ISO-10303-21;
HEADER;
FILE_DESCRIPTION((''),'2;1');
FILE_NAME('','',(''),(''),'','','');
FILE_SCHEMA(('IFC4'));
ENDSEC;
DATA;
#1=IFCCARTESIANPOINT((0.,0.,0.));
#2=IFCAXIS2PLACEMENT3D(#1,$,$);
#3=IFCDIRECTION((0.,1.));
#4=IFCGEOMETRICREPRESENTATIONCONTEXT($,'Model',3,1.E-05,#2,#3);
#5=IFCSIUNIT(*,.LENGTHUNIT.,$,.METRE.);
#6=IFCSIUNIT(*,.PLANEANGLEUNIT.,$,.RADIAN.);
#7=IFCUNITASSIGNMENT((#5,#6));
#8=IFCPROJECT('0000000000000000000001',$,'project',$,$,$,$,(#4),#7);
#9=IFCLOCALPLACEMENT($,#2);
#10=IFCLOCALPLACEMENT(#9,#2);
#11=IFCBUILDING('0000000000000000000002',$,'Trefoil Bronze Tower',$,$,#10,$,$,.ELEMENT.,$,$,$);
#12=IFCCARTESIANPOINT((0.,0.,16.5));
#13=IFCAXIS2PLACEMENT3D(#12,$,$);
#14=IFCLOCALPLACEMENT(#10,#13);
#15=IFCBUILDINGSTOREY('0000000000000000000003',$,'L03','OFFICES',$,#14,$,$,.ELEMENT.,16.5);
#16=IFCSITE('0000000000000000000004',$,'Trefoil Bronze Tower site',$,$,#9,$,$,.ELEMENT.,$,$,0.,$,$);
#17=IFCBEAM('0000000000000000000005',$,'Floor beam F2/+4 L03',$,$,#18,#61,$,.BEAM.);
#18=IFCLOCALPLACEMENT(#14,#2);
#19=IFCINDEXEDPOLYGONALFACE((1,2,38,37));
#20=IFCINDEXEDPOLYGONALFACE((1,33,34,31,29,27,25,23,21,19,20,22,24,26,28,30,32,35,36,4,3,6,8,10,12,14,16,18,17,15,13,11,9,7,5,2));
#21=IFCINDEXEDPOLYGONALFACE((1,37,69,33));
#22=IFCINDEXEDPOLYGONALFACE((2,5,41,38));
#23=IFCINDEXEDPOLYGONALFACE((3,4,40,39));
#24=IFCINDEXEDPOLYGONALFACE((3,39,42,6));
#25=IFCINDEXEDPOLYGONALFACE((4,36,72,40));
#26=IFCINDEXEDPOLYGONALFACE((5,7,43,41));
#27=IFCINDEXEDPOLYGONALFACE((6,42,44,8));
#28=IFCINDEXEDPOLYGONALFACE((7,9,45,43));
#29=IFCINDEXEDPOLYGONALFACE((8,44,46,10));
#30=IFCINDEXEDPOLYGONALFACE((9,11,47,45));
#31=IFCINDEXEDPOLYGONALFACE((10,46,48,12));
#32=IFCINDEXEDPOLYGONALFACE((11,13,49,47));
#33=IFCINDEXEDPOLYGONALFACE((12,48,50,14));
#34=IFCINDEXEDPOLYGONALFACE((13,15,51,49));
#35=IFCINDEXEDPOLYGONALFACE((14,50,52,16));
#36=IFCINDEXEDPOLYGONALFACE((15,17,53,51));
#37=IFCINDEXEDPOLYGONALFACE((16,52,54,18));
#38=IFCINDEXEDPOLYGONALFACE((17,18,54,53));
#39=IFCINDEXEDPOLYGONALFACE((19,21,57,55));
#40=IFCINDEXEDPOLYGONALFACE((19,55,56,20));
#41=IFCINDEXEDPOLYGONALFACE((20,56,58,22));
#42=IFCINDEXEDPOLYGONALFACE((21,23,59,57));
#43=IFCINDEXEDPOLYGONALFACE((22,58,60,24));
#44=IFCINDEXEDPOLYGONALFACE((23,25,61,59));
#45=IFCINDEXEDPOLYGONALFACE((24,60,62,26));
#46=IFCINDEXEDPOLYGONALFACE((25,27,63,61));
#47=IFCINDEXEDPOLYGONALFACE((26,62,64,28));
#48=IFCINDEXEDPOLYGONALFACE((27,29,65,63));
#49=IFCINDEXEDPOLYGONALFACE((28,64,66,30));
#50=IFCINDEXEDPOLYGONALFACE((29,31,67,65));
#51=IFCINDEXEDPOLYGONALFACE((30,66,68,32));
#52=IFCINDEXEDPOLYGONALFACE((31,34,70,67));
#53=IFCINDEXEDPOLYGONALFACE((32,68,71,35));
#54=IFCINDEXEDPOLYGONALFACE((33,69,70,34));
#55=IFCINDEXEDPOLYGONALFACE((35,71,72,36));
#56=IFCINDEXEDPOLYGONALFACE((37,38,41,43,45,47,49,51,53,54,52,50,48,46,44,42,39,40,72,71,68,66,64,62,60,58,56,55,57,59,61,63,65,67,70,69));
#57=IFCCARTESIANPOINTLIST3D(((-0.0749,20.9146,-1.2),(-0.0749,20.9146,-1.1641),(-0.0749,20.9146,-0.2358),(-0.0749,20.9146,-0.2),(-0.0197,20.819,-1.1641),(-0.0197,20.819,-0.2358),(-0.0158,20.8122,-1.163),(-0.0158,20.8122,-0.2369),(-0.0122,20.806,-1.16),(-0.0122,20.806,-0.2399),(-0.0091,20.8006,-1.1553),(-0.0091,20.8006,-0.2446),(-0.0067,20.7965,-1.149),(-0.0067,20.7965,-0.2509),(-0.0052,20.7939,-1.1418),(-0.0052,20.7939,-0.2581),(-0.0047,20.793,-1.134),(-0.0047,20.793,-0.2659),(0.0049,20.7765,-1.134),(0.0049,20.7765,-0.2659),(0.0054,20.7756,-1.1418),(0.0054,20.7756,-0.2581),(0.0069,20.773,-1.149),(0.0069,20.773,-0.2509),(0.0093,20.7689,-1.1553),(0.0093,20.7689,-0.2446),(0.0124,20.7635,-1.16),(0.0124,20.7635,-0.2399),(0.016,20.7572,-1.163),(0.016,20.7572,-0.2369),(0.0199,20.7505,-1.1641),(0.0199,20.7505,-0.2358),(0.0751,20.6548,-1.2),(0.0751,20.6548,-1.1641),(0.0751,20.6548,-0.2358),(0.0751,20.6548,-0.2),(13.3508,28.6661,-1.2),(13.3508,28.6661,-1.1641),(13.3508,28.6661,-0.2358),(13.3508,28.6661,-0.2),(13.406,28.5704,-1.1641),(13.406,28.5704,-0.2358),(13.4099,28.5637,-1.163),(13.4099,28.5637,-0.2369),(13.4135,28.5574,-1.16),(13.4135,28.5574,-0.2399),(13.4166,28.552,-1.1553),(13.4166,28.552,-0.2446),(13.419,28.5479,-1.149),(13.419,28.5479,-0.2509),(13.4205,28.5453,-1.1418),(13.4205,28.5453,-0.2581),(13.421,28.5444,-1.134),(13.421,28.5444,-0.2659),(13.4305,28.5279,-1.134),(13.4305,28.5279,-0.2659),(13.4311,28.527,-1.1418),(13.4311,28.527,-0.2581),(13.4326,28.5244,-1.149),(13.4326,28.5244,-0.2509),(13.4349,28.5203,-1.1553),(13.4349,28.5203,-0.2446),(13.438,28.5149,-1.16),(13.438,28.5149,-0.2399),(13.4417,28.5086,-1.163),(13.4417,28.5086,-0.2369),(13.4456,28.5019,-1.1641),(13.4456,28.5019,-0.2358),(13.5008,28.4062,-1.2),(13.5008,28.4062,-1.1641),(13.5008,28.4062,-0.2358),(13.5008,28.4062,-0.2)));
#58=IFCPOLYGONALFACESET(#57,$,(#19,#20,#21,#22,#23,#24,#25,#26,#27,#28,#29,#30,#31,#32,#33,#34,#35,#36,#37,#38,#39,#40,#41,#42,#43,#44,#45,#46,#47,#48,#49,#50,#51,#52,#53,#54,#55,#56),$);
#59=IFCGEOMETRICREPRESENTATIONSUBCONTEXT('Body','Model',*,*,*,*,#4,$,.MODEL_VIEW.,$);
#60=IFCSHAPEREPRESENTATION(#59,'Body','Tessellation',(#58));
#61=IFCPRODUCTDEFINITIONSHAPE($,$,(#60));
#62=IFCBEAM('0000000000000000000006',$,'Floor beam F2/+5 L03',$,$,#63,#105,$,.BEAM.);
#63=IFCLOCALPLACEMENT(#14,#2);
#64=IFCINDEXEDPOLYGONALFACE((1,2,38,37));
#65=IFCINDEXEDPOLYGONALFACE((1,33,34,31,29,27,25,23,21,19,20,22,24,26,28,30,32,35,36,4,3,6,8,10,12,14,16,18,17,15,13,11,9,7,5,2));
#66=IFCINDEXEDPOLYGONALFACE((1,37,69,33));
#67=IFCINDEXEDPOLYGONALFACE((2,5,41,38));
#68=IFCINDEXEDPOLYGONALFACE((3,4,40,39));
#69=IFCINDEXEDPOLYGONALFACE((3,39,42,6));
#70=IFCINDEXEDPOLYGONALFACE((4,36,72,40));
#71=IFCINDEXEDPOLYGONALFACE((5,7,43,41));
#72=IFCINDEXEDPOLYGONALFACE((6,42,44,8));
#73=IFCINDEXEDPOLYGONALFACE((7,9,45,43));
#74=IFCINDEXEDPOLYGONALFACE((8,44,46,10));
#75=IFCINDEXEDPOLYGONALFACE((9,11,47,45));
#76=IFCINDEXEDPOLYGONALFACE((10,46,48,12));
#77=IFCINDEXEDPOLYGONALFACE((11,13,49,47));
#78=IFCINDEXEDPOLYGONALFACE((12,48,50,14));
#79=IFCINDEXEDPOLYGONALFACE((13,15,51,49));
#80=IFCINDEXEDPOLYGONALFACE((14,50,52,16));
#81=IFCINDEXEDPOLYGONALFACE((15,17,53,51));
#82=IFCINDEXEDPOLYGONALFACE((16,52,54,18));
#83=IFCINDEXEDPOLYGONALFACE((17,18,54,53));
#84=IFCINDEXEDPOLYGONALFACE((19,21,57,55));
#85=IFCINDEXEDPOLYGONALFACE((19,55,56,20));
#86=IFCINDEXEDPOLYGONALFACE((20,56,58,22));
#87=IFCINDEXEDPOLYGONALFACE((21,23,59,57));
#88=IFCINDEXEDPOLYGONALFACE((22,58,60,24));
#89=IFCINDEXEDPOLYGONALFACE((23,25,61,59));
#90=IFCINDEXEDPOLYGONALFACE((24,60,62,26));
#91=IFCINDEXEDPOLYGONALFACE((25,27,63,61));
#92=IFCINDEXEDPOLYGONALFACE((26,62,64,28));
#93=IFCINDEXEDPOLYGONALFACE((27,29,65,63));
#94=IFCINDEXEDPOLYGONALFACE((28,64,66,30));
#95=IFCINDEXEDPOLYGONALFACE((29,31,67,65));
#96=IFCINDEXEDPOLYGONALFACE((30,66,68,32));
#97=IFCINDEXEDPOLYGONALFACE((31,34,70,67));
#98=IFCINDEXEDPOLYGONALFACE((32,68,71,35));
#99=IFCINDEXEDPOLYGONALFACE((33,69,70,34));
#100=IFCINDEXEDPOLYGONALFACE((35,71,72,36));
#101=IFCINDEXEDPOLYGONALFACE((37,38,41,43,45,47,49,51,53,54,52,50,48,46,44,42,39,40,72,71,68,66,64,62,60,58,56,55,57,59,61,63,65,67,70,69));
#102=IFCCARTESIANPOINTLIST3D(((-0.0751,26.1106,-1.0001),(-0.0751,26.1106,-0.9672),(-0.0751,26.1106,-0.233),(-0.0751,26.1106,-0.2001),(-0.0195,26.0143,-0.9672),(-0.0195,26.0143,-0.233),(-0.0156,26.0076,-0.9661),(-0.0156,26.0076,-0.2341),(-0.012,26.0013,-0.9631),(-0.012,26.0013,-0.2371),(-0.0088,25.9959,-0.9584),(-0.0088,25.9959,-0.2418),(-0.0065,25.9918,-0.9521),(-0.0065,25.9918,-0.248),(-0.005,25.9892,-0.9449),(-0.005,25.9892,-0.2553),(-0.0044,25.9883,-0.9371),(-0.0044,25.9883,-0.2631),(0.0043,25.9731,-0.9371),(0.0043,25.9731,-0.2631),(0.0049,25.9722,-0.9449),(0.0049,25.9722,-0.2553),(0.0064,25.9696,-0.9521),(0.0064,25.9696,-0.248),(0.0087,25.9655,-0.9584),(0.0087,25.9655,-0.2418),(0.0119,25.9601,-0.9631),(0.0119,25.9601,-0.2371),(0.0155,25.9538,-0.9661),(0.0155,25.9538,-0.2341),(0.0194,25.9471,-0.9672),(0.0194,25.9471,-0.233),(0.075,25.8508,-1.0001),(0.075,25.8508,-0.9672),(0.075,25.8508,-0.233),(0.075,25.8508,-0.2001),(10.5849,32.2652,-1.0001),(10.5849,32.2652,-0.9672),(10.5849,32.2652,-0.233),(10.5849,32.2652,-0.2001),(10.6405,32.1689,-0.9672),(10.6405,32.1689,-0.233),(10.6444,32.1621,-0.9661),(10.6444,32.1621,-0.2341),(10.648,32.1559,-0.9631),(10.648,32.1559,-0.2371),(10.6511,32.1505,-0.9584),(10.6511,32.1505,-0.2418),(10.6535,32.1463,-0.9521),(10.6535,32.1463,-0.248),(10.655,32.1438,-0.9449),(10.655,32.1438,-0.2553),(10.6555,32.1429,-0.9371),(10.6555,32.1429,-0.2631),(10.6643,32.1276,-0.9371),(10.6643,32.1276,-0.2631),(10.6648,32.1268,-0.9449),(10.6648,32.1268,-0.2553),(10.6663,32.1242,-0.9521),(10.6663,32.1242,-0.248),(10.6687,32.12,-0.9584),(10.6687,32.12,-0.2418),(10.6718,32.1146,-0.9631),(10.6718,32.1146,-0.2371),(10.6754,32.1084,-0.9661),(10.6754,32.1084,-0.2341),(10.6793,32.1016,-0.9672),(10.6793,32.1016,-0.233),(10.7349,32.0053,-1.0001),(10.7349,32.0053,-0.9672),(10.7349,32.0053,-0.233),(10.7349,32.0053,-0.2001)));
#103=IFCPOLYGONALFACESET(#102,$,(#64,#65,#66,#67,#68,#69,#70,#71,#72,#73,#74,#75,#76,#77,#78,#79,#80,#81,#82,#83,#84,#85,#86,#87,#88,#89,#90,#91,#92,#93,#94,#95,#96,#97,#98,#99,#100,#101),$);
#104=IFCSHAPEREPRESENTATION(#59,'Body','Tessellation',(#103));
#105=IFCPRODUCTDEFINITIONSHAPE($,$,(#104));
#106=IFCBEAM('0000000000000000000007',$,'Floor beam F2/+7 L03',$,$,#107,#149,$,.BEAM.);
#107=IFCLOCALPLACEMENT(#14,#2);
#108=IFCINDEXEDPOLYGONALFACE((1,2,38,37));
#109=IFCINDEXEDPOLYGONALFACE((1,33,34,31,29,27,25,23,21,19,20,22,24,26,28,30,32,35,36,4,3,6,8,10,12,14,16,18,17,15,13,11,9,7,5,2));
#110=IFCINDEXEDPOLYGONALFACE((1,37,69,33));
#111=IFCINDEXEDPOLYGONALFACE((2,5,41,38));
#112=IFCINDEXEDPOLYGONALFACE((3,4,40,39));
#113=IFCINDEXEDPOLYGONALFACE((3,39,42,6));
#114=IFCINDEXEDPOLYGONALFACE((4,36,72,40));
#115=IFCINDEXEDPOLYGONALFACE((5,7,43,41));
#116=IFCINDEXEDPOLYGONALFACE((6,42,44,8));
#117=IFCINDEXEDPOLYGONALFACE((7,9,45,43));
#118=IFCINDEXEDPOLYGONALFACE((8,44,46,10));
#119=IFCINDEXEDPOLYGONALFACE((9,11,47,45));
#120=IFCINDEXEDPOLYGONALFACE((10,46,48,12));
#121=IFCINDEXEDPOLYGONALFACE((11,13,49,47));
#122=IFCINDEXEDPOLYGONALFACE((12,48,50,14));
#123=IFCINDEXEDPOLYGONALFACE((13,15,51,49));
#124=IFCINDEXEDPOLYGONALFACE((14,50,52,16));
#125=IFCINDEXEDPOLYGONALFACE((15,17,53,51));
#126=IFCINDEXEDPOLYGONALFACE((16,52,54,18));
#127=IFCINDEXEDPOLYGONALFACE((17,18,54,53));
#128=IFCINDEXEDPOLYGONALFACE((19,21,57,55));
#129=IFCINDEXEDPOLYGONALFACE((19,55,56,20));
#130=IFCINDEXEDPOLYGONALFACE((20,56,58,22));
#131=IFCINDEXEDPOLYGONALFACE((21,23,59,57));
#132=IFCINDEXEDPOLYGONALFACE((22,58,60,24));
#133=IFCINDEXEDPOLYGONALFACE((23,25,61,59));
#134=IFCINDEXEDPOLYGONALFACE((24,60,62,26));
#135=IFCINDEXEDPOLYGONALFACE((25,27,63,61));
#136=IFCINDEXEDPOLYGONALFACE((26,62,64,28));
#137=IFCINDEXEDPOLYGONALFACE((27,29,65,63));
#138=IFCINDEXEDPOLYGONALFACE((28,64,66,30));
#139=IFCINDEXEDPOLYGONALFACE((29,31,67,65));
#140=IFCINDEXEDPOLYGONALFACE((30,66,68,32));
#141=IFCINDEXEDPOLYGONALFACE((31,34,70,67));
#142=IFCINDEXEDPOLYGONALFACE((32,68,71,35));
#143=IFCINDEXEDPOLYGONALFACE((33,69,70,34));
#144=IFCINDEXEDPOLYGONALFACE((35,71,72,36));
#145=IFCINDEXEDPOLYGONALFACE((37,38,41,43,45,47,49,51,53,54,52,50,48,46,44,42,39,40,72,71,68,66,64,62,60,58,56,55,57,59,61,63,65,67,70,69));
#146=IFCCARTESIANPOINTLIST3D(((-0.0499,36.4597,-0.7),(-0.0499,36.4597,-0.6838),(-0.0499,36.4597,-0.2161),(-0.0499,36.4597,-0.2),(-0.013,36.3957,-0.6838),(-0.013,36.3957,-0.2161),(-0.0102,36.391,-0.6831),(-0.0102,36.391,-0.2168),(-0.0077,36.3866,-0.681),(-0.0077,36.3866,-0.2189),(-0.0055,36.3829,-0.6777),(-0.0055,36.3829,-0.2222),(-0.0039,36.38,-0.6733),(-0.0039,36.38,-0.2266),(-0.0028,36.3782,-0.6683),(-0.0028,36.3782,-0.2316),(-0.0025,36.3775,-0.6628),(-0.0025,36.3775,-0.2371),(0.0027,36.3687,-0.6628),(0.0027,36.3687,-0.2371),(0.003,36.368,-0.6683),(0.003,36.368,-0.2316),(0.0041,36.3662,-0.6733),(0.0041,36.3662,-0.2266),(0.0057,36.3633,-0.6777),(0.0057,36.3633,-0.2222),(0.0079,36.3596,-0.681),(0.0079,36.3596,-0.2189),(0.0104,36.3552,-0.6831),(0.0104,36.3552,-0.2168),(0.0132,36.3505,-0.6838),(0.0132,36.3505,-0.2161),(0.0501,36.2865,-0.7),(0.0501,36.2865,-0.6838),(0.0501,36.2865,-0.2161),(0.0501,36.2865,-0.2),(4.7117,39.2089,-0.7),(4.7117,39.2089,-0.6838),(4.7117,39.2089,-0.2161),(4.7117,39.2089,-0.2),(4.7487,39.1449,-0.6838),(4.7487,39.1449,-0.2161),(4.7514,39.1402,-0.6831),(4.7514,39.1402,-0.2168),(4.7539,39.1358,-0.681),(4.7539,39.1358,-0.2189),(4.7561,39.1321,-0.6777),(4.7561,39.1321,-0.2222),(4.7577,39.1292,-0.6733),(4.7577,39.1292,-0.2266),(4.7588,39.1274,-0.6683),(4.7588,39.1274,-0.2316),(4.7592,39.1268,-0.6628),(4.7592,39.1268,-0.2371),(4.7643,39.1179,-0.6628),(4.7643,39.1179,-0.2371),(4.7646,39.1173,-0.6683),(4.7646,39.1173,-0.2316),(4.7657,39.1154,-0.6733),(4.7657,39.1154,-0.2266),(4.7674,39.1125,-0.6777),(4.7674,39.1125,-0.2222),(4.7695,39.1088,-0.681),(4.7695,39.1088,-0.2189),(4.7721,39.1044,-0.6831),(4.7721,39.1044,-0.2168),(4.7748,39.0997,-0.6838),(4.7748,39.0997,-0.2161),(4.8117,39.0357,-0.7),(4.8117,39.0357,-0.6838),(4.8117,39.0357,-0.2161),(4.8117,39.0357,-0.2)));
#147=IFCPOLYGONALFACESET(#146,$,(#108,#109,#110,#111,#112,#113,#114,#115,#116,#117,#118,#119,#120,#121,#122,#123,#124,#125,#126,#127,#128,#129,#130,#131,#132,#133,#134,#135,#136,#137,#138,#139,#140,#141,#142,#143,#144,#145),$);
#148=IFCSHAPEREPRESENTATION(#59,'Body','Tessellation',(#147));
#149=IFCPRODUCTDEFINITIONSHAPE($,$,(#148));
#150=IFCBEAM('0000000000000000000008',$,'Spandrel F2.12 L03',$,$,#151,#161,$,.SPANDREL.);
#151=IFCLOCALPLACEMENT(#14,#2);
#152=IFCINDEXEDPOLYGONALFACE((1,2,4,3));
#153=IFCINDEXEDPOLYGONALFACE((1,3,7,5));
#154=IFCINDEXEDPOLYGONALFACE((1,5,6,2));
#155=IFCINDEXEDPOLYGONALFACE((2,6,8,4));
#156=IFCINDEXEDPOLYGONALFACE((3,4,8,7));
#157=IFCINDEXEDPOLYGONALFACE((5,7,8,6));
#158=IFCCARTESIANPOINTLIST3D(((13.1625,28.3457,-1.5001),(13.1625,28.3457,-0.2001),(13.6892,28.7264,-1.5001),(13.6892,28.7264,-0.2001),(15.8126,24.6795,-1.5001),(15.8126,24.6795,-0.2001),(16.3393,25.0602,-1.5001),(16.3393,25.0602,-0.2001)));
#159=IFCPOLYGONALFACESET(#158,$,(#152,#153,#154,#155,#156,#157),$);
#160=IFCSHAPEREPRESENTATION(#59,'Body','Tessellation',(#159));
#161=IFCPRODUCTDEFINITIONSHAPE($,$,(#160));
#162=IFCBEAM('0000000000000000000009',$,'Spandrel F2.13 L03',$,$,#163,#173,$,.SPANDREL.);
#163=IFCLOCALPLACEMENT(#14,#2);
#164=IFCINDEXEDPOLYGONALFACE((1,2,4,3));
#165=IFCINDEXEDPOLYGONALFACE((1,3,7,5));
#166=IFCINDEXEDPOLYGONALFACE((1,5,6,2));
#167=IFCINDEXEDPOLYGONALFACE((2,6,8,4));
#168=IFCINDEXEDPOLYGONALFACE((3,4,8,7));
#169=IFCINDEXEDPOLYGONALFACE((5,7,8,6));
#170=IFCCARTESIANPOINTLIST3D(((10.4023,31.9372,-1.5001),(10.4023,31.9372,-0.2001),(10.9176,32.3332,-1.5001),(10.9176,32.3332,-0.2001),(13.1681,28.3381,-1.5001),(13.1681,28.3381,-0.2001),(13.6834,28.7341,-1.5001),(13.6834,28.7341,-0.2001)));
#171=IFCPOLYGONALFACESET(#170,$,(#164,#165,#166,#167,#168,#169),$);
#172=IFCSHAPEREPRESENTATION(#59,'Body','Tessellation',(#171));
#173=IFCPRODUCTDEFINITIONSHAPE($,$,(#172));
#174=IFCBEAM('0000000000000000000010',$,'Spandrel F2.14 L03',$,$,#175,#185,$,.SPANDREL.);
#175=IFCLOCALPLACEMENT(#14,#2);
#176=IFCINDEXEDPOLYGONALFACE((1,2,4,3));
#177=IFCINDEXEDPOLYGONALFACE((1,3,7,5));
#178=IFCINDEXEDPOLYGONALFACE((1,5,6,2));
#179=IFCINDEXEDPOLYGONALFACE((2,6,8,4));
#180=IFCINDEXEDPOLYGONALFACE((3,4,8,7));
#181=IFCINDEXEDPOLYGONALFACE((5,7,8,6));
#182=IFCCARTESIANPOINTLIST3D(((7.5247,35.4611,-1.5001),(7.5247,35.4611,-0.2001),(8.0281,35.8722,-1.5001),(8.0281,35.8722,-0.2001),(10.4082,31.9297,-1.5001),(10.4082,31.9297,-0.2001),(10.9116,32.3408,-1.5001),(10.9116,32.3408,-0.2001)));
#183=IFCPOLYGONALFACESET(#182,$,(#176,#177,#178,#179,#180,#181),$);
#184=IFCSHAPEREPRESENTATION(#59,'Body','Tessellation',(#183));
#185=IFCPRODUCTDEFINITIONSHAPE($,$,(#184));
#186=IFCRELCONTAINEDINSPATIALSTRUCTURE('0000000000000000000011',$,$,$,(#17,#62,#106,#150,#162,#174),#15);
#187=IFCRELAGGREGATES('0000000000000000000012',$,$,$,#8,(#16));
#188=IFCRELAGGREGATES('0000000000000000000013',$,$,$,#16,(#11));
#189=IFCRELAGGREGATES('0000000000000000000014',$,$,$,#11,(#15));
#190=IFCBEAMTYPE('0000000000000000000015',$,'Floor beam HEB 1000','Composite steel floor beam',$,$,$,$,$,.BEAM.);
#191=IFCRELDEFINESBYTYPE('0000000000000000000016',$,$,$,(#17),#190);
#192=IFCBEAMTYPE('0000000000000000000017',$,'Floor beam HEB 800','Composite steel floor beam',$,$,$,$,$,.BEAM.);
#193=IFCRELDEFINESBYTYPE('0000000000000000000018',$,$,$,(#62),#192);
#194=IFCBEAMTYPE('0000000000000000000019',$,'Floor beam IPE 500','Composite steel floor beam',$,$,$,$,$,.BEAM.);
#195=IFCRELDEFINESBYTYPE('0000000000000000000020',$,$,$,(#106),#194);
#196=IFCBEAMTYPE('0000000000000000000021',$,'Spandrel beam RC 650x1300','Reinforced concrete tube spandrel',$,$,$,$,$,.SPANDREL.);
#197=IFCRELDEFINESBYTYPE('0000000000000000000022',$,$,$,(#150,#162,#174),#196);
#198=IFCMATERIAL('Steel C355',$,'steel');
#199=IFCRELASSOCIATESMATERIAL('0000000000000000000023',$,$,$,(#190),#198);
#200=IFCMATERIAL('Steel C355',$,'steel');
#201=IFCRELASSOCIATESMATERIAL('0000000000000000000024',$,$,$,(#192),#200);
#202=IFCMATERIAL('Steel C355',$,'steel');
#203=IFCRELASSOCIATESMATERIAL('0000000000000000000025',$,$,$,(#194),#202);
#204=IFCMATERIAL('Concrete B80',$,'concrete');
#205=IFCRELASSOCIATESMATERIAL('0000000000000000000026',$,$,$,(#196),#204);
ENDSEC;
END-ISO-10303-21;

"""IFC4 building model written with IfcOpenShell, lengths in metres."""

from ifc_helpers import new_model, si_unit, direction, frame, origin, origin_2d, place, context, subcontext, project, spatial, rectangle, i_section, extrude, material, material_profile, profile_set, type_object, element, save


model = new_model("IFC4")

# Units and contexts
model_context = context("Model", 3, precision=1e-05, world=origin(), true_north=direction((0.0, 1.0)))
body_context = subcontext(model_context, "Body", "Model", "MODEL_VIEW")
ifc_project = project(units=[si_unit("LENGTHUNIT", "METRE"), si_unit("PLANEANGLEUNIT", "RADIAN")], contexts=[model_context])

# Site, building, storey
site_placement = place(None, origin())
site = spatial("IfcSite", under=ifc_project, at=site_placement, Name="Trefoil Bronze Tower site", CompositionType="ELEMENT", RefElevation=0.0)
building_placement = place(site_placement, origin())
building = spatial("IfcBuilding", under=site, at=building_placement, Name="Trefoil Bronze Tower", CompositionType="ELEMENT")
storey_placement = place(building_placement, frame((0.0, 0.0, 16.5)))
storey = spatial("IfcBuildingStorey", under=building, at=storey_placement, Name="L03", Description="OFFICES", CompositionType="ELEMENT", Elevation=16.5)

# Beams
ifc_material_1 = material(Name="Steel C355", Category="steel")
ifc_material_profile_1 = material_profile(ifc_material_1, i_section(OverallWidth=0.3, OverallDepth=1.0, WebThickness=0.019, FlangeThickness=0.0359, FilletRadius=0.03, at=origin_2d()), Name="HEB 1000")
ifc_profile_set_1 = profile_set([ifc_material_profile_1], Name="Steel C355")
beam_type_1 = type_object("IfcBeamType", Name="Floor beam HEB 1000", Description="Composite steel floor beam", PredefinedType="BEAM", material=ifc_profile_set_1)
beam_1_placement = place(storey_placement, frame((13.4258, 28.5361, -0.7), z_axis=(-0.866023, -0.500004, 0.0), x_axis=(0.500004, -0.866023, 0.0)))
element("IfcBeam", 1, at=beam_1_placement, inside=storey, type_object=beam_type_1, Name="Floor beam F2/+4 L03", PredefinedType="BEAM", context=body_context, shape_type="SweptSolid", body=[
    extrude(i_section(OverallWidth=0.3, OverallDepth=1.0, WebThickness=0.019, FlangeThickness=0.0359, FilletRadius=0.03, at=origin_2d()), origin(), (0.0, 0.0, 1.0), 15.5027),
])
ifc_material_2 = material(Name="Steel C355", Category="steel")
ifc_material_profile_2 = material_profile(ifc_material_2, i_section(OverallWidth=0.3, OverallDepth=0.8, WebThickness=0.0176, FlangeThickness=0.033, FilletRadius=0.03, at=origin_2d()), Name="HEB 800")
ifc_profile_set_2 = profile_set([ifc_material_profile_2], Name="Steel C355")
beam_type_2 = type_object("IfcBeamType", Name="Floor beam HEB 800", Description="Composite steel floor beam", PredefinedType="BEAM", material=ifc_profile_set_2)
beam_2_placement = place(storey_placement, frame((10.6599, 32.1353, -0.6001), z_axis=(-0.866024, -0.500002, 0.0), x_axis=(0.500002, -0.866024, 0.0)))
element("IfcBeam", 2, at=beam_2_placement, inside=storey, type_object=beam_type_2, Name="Floor beam F2/+5 L03", PredefinedType="BEAM", context=body_context, shape_type="SweptSolid", body=[
    extrude(i_section(OverallWidth=0.3, OverallDepth=0.8, WebThickness=0.0176, FlangeThickness=0.033, FilletRadius=0.03, at=origin_2d()), origin(), (0.0, 0.0, 1.0), 12.3091),
])
ifc_material_3 = material(Name="Steel C355", Category="steel")
ifc_material_profile_3 = material_profile(ifc_material_3, i_section(OverallWidth=0.2, OverallDepth=0.5, WebThickness=0.0103, FlangeThickness=0.0161, FilletRadius=0.021, at=origin_2d()), Name="IPE 500")
ifc_profile_set_3 = profile_set([ifc_material_profile_3], Name="Steel C355")
beam_type_3 = type_object("IfcBeamType", Name="Floor beam IPE 500", Description="Composite steel floor beam", PredefinedType="BEAM", material=ifc_profile_set_3)
beam_3_placement = place(storey_placement, frame((4.7617, 39.1223, -0.45), z_axis=(-0.866018, -0.500012, 0.0), x_axis=(0.500012, -0.866018, 0.0)))
element("IfcBeam", 3, at=beam_3_placement, inside=storey, type_object=beam_type_3, Name="Floor beam F2/+7 L03", PredefinedType="BEAM", context=body_context, shape_type="SweptSolid", body=[
    extrude(i_section(OverallWidth=0.2, OverallDepth=0.5, WebThickness=0.0103, FlangeThickness=0.0161, FilletRadius=0.021, at=origin_2d()), origin(), (0.0, 0.0, 1.0), 5.4983),
])
ifc_material_4 = material(Name="Concrete B80", Category="concrete")
ifc_material_profile_4 = material_profile(ifc_material_4, rectangle(XDim=0.6499, YDim=1.3, at=origin_2d()), Name="RC 650x1300")
ifc_profile_set_4 = profile_set([ifc_material_profile_4], Name="Concrete B80")
beam_type_4 = type_object("IfcBeamType", Name="Spandrel beam RC 650x1300", Description="Reinforced concrete tube spandrel", PredefinedType="SPANDREL", material=ifc_profile_set_4)
beam_4_placement = place(storey_placement, frame((16.0759, 24.8699, -0.8501), z_axis=(-0.585824, 0.810439, 0.0), x_axis=(-0.810439, -0.585824, 0.0)))
element("IfcBeam", 4, at=beam_4_placement, inside=storey, type_object=beam_type_4, Name="Spandrel F2.12 L03", PredefinedType="SPANDREL", context=body_context, shape_type="SweptSolid", body=[
    extrude(rectangle(XDim=0.6499, YDim=1.3, at=origin_2d()), origin(), (0.0, 0.0, 1.0), 4.5237),
])
beam_5_placement = place(storey_placement, frame((13.4258, 28.5361, -0.8501), z_axis=(-0.609339, 0.79291, 0.0), x_axis=(-0.79291, -0.609339, 0.0)))
element("IfcBeam", 5, at=beam_5_placement, inside=storey, type_object=beam_type_4, Name="Spandrel F2.13 L03", PredefinedType="SPANDREL", context=body_context, shape_type="SweptSolid", body=[
    extrude(rectangle(XDim=0.6499, YDim=1.3, at=origin_2d()), origin(), (0.0, 0.0, 1.0), 4.5391),
])
beam_6_placement = place(storey_placement, frame((10.6599, 32.1353, -0.8501), z_axis=(-0.632468, 0.774587, 0.0), x_axis=(-0.774587, -0.632468, 0.0)))
element("IfcBeam", 6, at=beam_6_placement, inside=storey, type_object=beam_type_4, Name="Spandrel F2.14 L03", PredefinedType="SPANDREL", context=body_context, shape_type="SweptSolid", body=[
    extrude(rectangle(XDim=0.6499, YDim=1.3, at=origin_2d()), origin(), (0.0, 0.0, 1.0), 4.5591),
])

save(model, "model.ifc")
